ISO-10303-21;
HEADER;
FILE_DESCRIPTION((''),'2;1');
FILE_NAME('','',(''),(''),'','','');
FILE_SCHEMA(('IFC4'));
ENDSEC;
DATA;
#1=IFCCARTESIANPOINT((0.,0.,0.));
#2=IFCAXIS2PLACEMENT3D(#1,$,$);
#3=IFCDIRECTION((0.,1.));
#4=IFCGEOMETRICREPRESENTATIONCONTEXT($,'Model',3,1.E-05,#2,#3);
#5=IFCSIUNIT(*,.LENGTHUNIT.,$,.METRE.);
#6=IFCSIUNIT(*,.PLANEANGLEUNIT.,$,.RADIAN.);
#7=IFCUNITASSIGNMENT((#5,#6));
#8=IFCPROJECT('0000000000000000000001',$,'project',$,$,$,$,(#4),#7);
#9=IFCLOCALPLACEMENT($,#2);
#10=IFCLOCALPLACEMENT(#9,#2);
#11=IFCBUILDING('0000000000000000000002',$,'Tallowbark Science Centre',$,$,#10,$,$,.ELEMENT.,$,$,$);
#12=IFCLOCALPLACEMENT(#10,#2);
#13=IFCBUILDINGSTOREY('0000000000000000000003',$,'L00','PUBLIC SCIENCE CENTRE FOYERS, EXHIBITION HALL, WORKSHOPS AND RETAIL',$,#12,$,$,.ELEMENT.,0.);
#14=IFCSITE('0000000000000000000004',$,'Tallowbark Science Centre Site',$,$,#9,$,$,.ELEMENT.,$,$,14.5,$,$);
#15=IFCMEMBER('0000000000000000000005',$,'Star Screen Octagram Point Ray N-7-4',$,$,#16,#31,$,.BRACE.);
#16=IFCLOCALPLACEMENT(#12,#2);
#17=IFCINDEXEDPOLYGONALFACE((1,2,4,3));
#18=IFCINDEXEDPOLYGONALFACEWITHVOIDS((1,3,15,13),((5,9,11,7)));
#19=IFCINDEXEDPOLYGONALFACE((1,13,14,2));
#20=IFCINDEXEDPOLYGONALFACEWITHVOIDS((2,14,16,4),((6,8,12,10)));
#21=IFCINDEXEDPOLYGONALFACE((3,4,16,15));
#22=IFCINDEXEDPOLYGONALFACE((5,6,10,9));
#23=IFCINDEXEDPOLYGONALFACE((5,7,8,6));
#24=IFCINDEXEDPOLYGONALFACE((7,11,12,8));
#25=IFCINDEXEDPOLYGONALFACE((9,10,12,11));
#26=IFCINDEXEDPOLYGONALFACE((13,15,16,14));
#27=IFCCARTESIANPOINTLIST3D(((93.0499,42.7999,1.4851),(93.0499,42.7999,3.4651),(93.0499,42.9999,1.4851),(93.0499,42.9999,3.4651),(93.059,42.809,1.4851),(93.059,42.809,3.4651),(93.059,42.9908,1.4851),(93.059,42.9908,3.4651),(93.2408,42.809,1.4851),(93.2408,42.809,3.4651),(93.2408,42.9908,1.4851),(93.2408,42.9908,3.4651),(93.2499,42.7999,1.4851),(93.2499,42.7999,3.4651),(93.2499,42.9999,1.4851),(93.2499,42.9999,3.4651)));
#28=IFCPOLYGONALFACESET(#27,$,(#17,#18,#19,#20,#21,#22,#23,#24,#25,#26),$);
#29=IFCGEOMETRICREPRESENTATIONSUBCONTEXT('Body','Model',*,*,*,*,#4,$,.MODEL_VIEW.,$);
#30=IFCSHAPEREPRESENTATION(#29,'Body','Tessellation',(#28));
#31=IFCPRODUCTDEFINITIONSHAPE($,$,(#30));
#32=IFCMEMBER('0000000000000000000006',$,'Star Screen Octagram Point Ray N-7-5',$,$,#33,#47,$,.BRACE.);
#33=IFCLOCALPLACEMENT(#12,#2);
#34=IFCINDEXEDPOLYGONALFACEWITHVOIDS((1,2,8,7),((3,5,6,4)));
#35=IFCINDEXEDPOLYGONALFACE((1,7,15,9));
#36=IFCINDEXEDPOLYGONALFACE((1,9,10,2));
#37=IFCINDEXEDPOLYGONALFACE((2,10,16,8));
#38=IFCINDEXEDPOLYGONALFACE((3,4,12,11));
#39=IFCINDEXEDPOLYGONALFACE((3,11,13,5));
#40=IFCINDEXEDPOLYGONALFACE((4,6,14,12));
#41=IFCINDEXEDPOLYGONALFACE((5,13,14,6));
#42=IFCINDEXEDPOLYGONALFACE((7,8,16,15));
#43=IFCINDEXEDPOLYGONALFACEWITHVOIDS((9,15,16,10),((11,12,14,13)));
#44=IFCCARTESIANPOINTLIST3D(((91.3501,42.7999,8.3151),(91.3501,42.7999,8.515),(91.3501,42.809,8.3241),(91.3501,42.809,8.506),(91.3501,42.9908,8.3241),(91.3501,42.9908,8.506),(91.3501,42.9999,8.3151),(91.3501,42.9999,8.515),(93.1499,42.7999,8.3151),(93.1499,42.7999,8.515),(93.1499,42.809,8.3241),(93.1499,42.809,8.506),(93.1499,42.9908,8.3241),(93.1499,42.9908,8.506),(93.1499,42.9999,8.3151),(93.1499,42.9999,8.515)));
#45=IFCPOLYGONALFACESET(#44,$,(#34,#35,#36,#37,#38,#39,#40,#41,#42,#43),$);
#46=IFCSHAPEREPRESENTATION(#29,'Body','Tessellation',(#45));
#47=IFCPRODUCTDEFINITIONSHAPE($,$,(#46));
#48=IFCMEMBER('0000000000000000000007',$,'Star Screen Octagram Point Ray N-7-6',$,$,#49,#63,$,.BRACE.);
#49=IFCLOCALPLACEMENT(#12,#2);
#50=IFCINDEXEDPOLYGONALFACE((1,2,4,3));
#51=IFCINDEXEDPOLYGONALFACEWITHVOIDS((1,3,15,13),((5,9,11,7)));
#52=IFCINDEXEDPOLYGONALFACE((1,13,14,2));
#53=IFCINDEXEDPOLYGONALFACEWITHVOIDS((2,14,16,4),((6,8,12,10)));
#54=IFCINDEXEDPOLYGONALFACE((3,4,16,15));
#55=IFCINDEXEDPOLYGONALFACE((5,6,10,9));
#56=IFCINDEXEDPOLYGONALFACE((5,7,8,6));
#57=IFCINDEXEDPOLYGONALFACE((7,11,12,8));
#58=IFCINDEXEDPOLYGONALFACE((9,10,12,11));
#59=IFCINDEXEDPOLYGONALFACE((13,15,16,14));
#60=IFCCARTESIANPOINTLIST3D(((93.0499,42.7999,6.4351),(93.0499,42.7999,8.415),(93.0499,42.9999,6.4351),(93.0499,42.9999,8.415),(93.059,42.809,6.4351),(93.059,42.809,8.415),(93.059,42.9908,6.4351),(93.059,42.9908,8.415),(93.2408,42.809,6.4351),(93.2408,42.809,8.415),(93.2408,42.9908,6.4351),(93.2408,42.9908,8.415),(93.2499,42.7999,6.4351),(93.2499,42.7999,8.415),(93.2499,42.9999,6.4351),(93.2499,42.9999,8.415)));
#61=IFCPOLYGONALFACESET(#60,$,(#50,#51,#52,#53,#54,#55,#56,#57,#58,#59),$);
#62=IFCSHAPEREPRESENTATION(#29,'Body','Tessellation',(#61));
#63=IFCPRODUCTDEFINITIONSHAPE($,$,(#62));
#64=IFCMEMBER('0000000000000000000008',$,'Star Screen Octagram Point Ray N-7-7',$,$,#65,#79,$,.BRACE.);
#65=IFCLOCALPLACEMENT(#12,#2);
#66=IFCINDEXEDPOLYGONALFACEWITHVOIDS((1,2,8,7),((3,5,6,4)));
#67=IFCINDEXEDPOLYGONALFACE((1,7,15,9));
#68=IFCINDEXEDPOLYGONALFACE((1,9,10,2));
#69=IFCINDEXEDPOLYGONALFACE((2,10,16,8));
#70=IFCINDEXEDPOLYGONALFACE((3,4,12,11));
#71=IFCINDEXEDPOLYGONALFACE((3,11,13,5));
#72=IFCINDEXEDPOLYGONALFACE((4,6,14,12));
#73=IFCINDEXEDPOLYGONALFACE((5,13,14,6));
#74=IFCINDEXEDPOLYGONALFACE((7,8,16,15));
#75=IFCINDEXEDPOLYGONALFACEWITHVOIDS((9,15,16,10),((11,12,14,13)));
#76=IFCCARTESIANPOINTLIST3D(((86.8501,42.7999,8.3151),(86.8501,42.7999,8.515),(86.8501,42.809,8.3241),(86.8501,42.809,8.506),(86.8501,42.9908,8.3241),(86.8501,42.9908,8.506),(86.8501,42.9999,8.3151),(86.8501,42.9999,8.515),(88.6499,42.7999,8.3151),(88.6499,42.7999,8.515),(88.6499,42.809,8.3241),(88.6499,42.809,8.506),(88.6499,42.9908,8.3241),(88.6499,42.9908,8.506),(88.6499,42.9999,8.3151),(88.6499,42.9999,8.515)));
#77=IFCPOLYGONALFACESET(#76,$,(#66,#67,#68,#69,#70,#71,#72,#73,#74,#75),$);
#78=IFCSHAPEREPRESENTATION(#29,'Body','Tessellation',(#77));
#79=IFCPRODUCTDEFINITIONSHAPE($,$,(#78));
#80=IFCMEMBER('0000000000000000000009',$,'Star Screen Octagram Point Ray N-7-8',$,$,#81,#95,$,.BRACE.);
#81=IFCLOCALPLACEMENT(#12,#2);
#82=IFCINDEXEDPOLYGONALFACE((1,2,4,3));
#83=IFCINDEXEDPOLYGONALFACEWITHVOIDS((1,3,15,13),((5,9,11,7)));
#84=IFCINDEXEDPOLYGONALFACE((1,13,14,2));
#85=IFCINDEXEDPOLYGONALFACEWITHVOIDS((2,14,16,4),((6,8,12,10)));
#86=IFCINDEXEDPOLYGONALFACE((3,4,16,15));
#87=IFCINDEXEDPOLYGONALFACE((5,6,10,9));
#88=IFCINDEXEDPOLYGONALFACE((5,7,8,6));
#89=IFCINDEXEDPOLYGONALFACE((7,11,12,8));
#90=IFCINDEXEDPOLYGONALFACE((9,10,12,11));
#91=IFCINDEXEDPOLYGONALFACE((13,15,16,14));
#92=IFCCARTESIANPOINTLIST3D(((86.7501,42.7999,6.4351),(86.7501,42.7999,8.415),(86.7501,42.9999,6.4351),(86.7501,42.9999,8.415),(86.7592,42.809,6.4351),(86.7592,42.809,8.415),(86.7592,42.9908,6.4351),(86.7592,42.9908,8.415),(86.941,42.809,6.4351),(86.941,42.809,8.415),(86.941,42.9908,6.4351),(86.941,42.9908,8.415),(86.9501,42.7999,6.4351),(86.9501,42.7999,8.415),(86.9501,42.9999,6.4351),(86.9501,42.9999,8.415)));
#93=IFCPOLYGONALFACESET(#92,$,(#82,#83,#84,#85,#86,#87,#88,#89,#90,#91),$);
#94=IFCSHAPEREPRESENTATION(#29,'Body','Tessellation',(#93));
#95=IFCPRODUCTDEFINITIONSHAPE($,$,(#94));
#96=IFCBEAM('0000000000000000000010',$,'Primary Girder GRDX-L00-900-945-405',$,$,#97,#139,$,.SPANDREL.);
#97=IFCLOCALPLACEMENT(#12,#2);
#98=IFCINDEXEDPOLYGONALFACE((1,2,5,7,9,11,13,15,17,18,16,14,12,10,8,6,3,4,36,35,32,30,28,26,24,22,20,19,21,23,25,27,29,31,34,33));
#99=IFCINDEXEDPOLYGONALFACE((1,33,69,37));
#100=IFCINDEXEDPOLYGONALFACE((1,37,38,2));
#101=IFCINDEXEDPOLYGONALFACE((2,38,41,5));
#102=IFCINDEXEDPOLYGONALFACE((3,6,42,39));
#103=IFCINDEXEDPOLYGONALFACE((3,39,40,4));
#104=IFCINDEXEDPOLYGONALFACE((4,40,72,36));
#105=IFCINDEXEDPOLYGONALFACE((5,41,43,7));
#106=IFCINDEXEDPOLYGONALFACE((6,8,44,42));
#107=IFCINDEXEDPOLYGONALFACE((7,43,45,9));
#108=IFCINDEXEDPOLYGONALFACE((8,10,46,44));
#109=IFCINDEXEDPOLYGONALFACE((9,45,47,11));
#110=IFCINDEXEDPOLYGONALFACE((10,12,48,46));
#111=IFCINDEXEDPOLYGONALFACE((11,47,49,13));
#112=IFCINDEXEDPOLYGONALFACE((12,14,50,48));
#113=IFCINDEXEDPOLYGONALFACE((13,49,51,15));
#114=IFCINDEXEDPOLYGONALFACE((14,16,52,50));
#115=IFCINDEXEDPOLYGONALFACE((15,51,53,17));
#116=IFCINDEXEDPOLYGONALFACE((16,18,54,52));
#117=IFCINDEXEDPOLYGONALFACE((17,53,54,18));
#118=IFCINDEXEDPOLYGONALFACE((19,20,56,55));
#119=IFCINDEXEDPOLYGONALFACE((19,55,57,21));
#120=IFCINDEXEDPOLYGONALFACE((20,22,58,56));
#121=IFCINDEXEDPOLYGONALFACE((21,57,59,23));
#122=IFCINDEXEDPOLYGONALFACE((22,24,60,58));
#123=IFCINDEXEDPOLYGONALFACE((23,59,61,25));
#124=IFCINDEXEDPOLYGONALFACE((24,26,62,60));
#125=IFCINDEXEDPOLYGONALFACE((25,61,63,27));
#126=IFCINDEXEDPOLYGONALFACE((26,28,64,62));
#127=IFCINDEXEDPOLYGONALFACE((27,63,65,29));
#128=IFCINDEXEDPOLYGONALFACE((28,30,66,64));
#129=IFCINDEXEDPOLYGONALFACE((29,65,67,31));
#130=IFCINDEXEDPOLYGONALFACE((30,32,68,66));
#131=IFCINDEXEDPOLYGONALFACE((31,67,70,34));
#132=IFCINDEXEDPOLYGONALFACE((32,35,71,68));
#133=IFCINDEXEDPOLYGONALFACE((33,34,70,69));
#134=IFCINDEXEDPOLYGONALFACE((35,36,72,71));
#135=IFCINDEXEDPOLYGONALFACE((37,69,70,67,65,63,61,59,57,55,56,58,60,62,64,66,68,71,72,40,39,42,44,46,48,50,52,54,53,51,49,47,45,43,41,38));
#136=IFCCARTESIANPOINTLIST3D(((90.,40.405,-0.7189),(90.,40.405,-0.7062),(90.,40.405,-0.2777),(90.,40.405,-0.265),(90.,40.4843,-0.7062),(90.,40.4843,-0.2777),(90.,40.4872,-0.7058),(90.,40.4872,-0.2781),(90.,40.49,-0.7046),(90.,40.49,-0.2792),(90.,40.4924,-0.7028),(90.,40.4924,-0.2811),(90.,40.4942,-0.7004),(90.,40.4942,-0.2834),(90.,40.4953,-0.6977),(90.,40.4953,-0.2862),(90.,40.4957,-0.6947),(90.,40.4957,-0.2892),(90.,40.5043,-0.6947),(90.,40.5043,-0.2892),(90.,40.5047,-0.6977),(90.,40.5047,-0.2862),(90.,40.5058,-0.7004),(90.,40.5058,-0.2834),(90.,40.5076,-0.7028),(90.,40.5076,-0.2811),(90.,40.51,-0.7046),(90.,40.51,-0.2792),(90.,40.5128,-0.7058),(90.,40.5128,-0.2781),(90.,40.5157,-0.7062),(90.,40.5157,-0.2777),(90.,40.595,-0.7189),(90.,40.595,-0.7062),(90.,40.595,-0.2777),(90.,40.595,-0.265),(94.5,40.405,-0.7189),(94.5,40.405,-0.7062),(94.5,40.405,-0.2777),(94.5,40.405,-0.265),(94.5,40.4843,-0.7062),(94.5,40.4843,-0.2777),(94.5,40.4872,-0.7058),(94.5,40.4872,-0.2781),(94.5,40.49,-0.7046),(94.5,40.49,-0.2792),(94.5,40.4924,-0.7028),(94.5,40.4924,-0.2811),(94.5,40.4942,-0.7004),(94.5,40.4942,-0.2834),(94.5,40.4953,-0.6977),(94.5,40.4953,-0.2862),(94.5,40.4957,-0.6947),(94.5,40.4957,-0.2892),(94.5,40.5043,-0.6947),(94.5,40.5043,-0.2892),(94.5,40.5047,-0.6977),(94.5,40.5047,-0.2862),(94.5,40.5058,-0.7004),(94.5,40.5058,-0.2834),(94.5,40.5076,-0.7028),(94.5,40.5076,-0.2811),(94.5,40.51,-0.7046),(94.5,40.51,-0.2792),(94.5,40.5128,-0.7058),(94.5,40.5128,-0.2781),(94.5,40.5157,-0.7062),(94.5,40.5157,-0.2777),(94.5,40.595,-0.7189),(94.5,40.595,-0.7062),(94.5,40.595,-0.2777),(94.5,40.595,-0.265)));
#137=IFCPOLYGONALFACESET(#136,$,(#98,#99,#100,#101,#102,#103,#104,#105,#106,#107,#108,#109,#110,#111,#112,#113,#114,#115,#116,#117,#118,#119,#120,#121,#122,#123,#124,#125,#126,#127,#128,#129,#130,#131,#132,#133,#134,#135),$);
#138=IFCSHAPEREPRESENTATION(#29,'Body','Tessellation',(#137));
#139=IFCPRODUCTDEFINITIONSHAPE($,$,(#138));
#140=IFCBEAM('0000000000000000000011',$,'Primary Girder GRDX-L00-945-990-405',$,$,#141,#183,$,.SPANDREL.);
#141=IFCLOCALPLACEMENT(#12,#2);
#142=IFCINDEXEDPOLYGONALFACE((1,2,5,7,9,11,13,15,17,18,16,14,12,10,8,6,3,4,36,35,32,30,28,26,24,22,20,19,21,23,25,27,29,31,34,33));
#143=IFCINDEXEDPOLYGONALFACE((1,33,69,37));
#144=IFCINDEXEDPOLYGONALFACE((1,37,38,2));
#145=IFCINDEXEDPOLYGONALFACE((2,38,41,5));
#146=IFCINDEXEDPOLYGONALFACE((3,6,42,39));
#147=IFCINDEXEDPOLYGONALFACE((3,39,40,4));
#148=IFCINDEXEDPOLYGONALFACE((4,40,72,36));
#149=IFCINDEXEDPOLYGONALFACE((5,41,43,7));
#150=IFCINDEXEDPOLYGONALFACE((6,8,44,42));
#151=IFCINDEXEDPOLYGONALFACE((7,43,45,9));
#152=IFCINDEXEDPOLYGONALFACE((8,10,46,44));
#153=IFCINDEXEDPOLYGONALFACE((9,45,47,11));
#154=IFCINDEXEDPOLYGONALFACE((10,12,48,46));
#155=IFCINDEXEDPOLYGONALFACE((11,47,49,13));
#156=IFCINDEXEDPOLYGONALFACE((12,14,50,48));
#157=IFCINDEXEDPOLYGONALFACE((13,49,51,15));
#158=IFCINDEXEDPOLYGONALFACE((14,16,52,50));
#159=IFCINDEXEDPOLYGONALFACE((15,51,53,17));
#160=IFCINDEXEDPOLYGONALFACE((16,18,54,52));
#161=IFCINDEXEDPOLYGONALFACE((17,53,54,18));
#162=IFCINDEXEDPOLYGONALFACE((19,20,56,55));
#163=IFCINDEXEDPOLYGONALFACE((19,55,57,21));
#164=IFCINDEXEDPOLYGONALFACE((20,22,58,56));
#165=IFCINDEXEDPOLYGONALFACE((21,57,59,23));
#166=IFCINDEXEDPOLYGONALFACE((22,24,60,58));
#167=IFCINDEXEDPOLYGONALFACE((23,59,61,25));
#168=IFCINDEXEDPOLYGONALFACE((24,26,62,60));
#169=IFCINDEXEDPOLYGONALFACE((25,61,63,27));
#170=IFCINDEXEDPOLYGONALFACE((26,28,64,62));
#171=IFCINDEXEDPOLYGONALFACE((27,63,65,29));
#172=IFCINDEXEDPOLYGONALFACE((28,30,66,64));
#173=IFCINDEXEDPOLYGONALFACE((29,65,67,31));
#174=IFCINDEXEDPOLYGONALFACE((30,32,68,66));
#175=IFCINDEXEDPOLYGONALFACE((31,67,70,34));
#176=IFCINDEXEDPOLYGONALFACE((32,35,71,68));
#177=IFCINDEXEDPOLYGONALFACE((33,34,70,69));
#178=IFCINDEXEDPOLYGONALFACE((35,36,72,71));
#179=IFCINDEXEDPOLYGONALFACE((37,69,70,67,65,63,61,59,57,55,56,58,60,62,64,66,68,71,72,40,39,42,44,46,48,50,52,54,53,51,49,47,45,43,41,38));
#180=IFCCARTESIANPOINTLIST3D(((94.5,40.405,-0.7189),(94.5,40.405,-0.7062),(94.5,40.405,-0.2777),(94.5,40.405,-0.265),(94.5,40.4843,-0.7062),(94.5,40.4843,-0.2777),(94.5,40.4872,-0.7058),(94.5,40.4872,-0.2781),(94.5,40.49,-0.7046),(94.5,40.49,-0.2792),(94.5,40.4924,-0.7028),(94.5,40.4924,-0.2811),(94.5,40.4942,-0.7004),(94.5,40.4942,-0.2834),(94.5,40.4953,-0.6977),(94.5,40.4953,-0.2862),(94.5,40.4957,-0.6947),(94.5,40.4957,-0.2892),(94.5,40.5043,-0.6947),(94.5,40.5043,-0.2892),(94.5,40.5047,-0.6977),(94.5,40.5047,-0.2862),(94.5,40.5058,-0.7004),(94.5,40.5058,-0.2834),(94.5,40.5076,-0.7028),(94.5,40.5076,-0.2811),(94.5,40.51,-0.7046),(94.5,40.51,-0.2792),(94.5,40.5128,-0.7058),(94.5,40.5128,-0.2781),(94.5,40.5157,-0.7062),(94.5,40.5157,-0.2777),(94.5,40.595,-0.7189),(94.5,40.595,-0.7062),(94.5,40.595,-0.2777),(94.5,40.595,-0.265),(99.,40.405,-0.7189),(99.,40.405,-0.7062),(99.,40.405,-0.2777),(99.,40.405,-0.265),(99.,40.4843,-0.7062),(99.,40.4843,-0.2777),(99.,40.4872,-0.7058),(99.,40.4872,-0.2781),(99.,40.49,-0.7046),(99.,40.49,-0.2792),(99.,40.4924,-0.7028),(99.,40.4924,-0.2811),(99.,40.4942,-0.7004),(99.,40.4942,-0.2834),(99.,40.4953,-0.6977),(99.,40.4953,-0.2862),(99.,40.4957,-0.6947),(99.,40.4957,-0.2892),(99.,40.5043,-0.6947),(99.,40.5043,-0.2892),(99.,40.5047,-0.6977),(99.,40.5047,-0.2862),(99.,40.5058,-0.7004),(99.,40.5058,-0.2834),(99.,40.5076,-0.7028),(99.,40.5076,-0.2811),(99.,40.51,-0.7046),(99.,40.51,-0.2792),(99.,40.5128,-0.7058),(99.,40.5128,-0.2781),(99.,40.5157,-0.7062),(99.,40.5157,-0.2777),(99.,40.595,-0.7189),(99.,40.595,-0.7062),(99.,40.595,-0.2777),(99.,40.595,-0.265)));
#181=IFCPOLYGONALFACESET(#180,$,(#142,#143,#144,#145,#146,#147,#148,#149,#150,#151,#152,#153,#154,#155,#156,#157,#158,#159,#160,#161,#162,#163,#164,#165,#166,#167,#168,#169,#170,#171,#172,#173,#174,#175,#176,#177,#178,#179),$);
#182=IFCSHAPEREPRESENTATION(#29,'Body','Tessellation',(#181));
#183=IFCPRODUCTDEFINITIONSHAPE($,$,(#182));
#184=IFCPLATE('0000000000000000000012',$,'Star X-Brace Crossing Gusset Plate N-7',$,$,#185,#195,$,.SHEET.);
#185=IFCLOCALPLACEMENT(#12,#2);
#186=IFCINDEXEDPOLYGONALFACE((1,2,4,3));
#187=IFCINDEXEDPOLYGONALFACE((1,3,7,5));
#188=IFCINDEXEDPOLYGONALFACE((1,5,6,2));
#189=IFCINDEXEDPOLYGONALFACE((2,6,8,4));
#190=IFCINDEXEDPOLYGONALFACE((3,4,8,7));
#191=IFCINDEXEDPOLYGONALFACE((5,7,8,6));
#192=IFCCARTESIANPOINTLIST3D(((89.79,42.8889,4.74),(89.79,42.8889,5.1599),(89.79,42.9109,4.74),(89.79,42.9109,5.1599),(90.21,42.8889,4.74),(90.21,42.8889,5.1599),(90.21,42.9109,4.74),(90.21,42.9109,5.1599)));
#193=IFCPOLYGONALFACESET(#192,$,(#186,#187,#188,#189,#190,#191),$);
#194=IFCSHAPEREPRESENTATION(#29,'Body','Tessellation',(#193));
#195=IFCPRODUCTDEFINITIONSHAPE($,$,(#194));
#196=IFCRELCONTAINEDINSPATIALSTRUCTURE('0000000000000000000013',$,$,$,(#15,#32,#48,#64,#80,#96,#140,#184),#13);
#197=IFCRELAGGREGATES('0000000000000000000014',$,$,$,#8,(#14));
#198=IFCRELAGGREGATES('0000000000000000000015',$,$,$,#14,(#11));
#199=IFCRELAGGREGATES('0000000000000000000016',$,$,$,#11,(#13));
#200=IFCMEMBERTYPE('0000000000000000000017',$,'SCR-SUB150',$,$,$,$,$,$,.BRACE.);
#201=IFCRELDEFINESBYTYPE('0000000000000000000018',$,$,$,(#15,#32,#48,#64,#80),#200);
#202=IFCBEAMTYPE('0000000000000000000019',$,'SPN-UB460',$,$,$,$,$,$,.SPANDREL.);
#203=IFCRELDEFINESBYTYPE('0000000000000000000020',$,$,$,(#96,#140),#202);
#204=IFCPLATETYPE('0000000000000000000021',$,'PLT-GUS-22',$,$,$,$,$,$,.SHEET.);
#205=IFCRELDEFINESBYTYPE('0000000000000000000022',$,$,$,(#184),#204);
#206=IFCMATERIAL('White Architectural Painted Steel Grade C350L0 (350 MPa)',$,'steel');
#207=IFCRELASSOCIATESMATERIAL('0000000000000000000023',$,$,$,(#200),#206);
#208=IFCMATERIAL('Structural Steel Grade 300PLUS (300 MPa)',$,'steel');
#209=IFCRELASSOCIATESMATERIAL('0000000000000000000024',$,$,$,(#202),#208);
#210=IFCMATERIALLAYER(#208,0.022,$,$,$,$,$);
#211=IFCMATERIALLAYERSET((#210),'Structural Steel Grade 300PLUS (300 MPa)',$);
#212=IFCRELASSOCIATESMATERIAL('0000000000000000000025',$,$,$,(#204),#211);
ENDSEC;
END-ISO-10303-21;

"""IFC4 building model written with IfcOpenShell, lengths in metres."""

from ifc_helpers import new_model, si_unit, direction, frame, origin, origin_2d, place, context, subcontext, project, spatial, rectangle, hollow_rectangle, i_section, extrude, material, layer, layer_set, material_profile, profile_set, type_object, element, save


model = new_model("IFC4")

# Units and contexts
model_context = context("Model", 3, precision=1e-05, world=origin(), true_north=direction((0.0, 1.0)))
body_context = subcontext(model_context, "Body", "Model", "MODEL_VIEW")
ifc_project = project(units=[si_unit("LENGTHUNIT", "METRE"), si_unit("PLANEANGLEUNIT", "RADIAN")], contexts=[model_context])

# Site, building, storey
site_placement = place(None, origin())
site = spatial("IfcSite", under=ifc_project, at=site_placement, Name="Tallowbark Science Centre Site", CompositionType="ELEMENT", RefElevation=14.5)
building_placement = place(site_placement, origin())
building = spatial("IfcBuilding", under=site, at=building_placement, Name="Tallowbark Science Centre", CompositionType="ELEMENT")
storey_placement = place(building_placement, origin())
storey = spatial("IfcBuildingStorey", under=building, at=storey_placement, Name="L00", Description="PUBLIC SCIENCE CENTRE FOYERS, EXHIBITION HALL, WORKSHOPS AND RETAIL", CompositionType="ELEMENT", Elevation=0.0)

# Shared definitions
ifc_material_1 = material(Name="White Architectural Painted Steel Grade C350L0 (350 MPa)", Category="steel")
ifc_material_2 = material(Name="Structural Steel Grade 300PLUS (300 MPa)", Category="steel")

# Members
ifc_material_profile_1 = material_profile(ifc_material_1, hollow_rectangle(XDim=0.2, YDim=0.2, WallThickness=0.009, at=origin_2d()), Name="200x200x9.0SHS")
ifc_profile_set_1 = profile_set([ifc_material_profile_1], Name="White Architectural Painted Steel Grade C350L0 (350 MPa)")
member_type_1 = type_object("IfcMemberType", Name="SCR-SUB150", PredefinedType="BRACE", material=ifc_profile_set_1)
member_1_placement = place(storey_placement, frame((93.1499, 42.8999, 1.4851), z_axis=(0.0, 0.0, 1.0), x_axis=(1.0, 0.0, 0.0)))
element("IfcMember", 1, at=member_1_placement, inside=storey, type_object=member_type_1, Name="Star Screen Octagram Point Ray N-7-4", PredefinedType="BRACE", context=body_context, shape_type="SweptSolid", body=[
    extrude(hollow_rectangle(XDim=0.2, YDim=0.2, WallThickness=0.009, at=origin_2d()), origin(), (0.0, 0.0, 1.0), 1.98),
])
member_2_placement = place(storey_placement, frame((93.1499, 42.8999, 8.415), z_axis=(-1.0, 0.0, 0.0), x_axis=(0.0, -1.0, 0.0)))
element("IfcMember", 2, at=member_2_placement, inside=storey, type_object=member_type_1, Name="Star Screen Octagram Point Ray N-7-5", PredefinedType="BRACE", context=body_context, shape_type="SweptSolid", body=[
    extrude(hollow_rectangle(XDim=0.2, YDim=0.2, WallThickness=0.009, at=origin_2d()), origin(), (0.0, 0.0, 1.0), 1.7998),
])
member_3_placement = place(storey_placement, frame((93.1499, 42.8999, 8.415), z_axis=(0.0, 0.0, -1.0), x_axis=(1.0, 0.0, 0.0)))
element("IfcMember", 3, at=member_3_placement, inside=storey, type_object=member_type_1, Name="Star Screen Octagram Point Ray N-7-6", PredefinedType="BRACE", context=body_context, shape_type="SweptSolid", body=[
    extrude(hollow_rectangle(XDim=0.2, YDim=0.2, WallThickness=0.009, at=origin_2d()), origin(), (0.0, 0.0, 1.0), 1.98),
])
member_4_placement = place(storey_placement, frame((86.8501, 42.8999, 8.415), z_axis=(1.0, 0.0, 0.0), x_axis=(0.0, 1.0, 0.0)))
element("IfcMember", 4, at=member_4_placement, inside=storey, type_object=member_type_1, Name="Star Screen Octagram Point Ray N-7-7", PredefinedType="BRACE", context=body_context, shape_type="SweptSolid", body=[
    extrude(hollow_rectangle(XDim=0.2, YDim=0.2, WallThickness=0.009, at=origin_2d()), origin(), (0.0, 0.0, 1.0), 1.7998),
])
member_5_placement = place(storey_placement, frame((86.8501, 42.8999, 8.415), z_axis=(0.0, 0.0, -1.0), x_axis=(1.0, 0.0, 0.0)))
element("IfcMember", 5, at=member_5_placement, inside=storey, type_object=member_type_1, Name="Star Screen Octagram Point Ray N-7-8", PredefinedType="BRACE", context=body_context, shape_type="SweptSolid", body=[
    extrude(hollow_rectangle(XDim=0.2, YDim=0.2, WallThickness=0.009, at=origin_2d()), origin(), (0.0, 0.0, 1.0), 1.98),
])

# Beams
ifc_material_profile_2 = material_profile(ifc_material_2, i_section(OverallWidth=0.1899, OverallDepth=0.4539, WebThickness=0.0085, FlangeThickness=0.0127, FilletRadius=0.0115, at=origin_2d()), Name="460UB67.1")
ifc_profile_set_2 = profile_set([ifc_material_profile_2], Name="Structural Steel Grade 300PLUS (300 MPa)")
beam_type = type_object("IfcBeamType", Name="SPN-UB460", PredefinedType="SPANDREL", material=ifc_profile_set_2)
for number, where, z_axis, x_axis, name in (
    (6, (90.0, 40.5, -0.4919), (1.0, 0.0, 0.0), (0.0, 1.0, 0.0), "Primary Girder GRDX-L00-900-945-405"),
    (7, (94.5, 40.5, -0.4919), (1.0, 0.0, 0.0), (0.0, 1.0, 0.0), "Primary Girder GRDX-L00-945-990-405"),
):
    element("IfcBeam", number, at=place(storey_placement, frame(where, z_axis=z_axis, x_axis=x_axis)), inside=storey, type_object=beam_type, Name=name, PredefinedType="SPANDREL", context=body_context, shape_type="SweptSolid", body=[
        extrude(i_section(OverallWidth=0.1899, OverallDepth=0.4539, WebThickness=0.0085, FlangeThickness=0.0127, FilletRadius=0.0115, at=origin_2d()), origin(), (0.0, 0.0, 1.0), 4.5),
    ])

# Plate
ifc_layer_1 = layer(ifc_material_2, 0.022)
ifc_layer_set_1 = layer_set([ifc_layer_1], Name="Structural Steel Grade 300PLUS (300 MPa)")
plate_type_1 = type_object("IfcPlateType", Name="PLT-GUS-22", PredefinedType="SHEET", material=ifc_layer_set_1)
plate_1_placement = place(storey_placement, frame((90.0, 42.8999, 4.74), z_axis=(0.0, 0.0, 1.0), x_axis=(1.0, 0.0, 0.0)))
element("IfcPlate", 8, at=plate_1_placement, inside=storey, type_object=plate_type_1, Name="Star X-Brace Crossing Gusset Plate N-7", PredefinedType="SHEET", context=body_context, shape_type="SweptSolid", body=[
    extrude(rectangle(XDim=0.4199, YDim=0.022, at=origin_2d()), origin(), (0.0, 0.0, 1.0), 0.4199),
])

save(model, "model.ifc")
